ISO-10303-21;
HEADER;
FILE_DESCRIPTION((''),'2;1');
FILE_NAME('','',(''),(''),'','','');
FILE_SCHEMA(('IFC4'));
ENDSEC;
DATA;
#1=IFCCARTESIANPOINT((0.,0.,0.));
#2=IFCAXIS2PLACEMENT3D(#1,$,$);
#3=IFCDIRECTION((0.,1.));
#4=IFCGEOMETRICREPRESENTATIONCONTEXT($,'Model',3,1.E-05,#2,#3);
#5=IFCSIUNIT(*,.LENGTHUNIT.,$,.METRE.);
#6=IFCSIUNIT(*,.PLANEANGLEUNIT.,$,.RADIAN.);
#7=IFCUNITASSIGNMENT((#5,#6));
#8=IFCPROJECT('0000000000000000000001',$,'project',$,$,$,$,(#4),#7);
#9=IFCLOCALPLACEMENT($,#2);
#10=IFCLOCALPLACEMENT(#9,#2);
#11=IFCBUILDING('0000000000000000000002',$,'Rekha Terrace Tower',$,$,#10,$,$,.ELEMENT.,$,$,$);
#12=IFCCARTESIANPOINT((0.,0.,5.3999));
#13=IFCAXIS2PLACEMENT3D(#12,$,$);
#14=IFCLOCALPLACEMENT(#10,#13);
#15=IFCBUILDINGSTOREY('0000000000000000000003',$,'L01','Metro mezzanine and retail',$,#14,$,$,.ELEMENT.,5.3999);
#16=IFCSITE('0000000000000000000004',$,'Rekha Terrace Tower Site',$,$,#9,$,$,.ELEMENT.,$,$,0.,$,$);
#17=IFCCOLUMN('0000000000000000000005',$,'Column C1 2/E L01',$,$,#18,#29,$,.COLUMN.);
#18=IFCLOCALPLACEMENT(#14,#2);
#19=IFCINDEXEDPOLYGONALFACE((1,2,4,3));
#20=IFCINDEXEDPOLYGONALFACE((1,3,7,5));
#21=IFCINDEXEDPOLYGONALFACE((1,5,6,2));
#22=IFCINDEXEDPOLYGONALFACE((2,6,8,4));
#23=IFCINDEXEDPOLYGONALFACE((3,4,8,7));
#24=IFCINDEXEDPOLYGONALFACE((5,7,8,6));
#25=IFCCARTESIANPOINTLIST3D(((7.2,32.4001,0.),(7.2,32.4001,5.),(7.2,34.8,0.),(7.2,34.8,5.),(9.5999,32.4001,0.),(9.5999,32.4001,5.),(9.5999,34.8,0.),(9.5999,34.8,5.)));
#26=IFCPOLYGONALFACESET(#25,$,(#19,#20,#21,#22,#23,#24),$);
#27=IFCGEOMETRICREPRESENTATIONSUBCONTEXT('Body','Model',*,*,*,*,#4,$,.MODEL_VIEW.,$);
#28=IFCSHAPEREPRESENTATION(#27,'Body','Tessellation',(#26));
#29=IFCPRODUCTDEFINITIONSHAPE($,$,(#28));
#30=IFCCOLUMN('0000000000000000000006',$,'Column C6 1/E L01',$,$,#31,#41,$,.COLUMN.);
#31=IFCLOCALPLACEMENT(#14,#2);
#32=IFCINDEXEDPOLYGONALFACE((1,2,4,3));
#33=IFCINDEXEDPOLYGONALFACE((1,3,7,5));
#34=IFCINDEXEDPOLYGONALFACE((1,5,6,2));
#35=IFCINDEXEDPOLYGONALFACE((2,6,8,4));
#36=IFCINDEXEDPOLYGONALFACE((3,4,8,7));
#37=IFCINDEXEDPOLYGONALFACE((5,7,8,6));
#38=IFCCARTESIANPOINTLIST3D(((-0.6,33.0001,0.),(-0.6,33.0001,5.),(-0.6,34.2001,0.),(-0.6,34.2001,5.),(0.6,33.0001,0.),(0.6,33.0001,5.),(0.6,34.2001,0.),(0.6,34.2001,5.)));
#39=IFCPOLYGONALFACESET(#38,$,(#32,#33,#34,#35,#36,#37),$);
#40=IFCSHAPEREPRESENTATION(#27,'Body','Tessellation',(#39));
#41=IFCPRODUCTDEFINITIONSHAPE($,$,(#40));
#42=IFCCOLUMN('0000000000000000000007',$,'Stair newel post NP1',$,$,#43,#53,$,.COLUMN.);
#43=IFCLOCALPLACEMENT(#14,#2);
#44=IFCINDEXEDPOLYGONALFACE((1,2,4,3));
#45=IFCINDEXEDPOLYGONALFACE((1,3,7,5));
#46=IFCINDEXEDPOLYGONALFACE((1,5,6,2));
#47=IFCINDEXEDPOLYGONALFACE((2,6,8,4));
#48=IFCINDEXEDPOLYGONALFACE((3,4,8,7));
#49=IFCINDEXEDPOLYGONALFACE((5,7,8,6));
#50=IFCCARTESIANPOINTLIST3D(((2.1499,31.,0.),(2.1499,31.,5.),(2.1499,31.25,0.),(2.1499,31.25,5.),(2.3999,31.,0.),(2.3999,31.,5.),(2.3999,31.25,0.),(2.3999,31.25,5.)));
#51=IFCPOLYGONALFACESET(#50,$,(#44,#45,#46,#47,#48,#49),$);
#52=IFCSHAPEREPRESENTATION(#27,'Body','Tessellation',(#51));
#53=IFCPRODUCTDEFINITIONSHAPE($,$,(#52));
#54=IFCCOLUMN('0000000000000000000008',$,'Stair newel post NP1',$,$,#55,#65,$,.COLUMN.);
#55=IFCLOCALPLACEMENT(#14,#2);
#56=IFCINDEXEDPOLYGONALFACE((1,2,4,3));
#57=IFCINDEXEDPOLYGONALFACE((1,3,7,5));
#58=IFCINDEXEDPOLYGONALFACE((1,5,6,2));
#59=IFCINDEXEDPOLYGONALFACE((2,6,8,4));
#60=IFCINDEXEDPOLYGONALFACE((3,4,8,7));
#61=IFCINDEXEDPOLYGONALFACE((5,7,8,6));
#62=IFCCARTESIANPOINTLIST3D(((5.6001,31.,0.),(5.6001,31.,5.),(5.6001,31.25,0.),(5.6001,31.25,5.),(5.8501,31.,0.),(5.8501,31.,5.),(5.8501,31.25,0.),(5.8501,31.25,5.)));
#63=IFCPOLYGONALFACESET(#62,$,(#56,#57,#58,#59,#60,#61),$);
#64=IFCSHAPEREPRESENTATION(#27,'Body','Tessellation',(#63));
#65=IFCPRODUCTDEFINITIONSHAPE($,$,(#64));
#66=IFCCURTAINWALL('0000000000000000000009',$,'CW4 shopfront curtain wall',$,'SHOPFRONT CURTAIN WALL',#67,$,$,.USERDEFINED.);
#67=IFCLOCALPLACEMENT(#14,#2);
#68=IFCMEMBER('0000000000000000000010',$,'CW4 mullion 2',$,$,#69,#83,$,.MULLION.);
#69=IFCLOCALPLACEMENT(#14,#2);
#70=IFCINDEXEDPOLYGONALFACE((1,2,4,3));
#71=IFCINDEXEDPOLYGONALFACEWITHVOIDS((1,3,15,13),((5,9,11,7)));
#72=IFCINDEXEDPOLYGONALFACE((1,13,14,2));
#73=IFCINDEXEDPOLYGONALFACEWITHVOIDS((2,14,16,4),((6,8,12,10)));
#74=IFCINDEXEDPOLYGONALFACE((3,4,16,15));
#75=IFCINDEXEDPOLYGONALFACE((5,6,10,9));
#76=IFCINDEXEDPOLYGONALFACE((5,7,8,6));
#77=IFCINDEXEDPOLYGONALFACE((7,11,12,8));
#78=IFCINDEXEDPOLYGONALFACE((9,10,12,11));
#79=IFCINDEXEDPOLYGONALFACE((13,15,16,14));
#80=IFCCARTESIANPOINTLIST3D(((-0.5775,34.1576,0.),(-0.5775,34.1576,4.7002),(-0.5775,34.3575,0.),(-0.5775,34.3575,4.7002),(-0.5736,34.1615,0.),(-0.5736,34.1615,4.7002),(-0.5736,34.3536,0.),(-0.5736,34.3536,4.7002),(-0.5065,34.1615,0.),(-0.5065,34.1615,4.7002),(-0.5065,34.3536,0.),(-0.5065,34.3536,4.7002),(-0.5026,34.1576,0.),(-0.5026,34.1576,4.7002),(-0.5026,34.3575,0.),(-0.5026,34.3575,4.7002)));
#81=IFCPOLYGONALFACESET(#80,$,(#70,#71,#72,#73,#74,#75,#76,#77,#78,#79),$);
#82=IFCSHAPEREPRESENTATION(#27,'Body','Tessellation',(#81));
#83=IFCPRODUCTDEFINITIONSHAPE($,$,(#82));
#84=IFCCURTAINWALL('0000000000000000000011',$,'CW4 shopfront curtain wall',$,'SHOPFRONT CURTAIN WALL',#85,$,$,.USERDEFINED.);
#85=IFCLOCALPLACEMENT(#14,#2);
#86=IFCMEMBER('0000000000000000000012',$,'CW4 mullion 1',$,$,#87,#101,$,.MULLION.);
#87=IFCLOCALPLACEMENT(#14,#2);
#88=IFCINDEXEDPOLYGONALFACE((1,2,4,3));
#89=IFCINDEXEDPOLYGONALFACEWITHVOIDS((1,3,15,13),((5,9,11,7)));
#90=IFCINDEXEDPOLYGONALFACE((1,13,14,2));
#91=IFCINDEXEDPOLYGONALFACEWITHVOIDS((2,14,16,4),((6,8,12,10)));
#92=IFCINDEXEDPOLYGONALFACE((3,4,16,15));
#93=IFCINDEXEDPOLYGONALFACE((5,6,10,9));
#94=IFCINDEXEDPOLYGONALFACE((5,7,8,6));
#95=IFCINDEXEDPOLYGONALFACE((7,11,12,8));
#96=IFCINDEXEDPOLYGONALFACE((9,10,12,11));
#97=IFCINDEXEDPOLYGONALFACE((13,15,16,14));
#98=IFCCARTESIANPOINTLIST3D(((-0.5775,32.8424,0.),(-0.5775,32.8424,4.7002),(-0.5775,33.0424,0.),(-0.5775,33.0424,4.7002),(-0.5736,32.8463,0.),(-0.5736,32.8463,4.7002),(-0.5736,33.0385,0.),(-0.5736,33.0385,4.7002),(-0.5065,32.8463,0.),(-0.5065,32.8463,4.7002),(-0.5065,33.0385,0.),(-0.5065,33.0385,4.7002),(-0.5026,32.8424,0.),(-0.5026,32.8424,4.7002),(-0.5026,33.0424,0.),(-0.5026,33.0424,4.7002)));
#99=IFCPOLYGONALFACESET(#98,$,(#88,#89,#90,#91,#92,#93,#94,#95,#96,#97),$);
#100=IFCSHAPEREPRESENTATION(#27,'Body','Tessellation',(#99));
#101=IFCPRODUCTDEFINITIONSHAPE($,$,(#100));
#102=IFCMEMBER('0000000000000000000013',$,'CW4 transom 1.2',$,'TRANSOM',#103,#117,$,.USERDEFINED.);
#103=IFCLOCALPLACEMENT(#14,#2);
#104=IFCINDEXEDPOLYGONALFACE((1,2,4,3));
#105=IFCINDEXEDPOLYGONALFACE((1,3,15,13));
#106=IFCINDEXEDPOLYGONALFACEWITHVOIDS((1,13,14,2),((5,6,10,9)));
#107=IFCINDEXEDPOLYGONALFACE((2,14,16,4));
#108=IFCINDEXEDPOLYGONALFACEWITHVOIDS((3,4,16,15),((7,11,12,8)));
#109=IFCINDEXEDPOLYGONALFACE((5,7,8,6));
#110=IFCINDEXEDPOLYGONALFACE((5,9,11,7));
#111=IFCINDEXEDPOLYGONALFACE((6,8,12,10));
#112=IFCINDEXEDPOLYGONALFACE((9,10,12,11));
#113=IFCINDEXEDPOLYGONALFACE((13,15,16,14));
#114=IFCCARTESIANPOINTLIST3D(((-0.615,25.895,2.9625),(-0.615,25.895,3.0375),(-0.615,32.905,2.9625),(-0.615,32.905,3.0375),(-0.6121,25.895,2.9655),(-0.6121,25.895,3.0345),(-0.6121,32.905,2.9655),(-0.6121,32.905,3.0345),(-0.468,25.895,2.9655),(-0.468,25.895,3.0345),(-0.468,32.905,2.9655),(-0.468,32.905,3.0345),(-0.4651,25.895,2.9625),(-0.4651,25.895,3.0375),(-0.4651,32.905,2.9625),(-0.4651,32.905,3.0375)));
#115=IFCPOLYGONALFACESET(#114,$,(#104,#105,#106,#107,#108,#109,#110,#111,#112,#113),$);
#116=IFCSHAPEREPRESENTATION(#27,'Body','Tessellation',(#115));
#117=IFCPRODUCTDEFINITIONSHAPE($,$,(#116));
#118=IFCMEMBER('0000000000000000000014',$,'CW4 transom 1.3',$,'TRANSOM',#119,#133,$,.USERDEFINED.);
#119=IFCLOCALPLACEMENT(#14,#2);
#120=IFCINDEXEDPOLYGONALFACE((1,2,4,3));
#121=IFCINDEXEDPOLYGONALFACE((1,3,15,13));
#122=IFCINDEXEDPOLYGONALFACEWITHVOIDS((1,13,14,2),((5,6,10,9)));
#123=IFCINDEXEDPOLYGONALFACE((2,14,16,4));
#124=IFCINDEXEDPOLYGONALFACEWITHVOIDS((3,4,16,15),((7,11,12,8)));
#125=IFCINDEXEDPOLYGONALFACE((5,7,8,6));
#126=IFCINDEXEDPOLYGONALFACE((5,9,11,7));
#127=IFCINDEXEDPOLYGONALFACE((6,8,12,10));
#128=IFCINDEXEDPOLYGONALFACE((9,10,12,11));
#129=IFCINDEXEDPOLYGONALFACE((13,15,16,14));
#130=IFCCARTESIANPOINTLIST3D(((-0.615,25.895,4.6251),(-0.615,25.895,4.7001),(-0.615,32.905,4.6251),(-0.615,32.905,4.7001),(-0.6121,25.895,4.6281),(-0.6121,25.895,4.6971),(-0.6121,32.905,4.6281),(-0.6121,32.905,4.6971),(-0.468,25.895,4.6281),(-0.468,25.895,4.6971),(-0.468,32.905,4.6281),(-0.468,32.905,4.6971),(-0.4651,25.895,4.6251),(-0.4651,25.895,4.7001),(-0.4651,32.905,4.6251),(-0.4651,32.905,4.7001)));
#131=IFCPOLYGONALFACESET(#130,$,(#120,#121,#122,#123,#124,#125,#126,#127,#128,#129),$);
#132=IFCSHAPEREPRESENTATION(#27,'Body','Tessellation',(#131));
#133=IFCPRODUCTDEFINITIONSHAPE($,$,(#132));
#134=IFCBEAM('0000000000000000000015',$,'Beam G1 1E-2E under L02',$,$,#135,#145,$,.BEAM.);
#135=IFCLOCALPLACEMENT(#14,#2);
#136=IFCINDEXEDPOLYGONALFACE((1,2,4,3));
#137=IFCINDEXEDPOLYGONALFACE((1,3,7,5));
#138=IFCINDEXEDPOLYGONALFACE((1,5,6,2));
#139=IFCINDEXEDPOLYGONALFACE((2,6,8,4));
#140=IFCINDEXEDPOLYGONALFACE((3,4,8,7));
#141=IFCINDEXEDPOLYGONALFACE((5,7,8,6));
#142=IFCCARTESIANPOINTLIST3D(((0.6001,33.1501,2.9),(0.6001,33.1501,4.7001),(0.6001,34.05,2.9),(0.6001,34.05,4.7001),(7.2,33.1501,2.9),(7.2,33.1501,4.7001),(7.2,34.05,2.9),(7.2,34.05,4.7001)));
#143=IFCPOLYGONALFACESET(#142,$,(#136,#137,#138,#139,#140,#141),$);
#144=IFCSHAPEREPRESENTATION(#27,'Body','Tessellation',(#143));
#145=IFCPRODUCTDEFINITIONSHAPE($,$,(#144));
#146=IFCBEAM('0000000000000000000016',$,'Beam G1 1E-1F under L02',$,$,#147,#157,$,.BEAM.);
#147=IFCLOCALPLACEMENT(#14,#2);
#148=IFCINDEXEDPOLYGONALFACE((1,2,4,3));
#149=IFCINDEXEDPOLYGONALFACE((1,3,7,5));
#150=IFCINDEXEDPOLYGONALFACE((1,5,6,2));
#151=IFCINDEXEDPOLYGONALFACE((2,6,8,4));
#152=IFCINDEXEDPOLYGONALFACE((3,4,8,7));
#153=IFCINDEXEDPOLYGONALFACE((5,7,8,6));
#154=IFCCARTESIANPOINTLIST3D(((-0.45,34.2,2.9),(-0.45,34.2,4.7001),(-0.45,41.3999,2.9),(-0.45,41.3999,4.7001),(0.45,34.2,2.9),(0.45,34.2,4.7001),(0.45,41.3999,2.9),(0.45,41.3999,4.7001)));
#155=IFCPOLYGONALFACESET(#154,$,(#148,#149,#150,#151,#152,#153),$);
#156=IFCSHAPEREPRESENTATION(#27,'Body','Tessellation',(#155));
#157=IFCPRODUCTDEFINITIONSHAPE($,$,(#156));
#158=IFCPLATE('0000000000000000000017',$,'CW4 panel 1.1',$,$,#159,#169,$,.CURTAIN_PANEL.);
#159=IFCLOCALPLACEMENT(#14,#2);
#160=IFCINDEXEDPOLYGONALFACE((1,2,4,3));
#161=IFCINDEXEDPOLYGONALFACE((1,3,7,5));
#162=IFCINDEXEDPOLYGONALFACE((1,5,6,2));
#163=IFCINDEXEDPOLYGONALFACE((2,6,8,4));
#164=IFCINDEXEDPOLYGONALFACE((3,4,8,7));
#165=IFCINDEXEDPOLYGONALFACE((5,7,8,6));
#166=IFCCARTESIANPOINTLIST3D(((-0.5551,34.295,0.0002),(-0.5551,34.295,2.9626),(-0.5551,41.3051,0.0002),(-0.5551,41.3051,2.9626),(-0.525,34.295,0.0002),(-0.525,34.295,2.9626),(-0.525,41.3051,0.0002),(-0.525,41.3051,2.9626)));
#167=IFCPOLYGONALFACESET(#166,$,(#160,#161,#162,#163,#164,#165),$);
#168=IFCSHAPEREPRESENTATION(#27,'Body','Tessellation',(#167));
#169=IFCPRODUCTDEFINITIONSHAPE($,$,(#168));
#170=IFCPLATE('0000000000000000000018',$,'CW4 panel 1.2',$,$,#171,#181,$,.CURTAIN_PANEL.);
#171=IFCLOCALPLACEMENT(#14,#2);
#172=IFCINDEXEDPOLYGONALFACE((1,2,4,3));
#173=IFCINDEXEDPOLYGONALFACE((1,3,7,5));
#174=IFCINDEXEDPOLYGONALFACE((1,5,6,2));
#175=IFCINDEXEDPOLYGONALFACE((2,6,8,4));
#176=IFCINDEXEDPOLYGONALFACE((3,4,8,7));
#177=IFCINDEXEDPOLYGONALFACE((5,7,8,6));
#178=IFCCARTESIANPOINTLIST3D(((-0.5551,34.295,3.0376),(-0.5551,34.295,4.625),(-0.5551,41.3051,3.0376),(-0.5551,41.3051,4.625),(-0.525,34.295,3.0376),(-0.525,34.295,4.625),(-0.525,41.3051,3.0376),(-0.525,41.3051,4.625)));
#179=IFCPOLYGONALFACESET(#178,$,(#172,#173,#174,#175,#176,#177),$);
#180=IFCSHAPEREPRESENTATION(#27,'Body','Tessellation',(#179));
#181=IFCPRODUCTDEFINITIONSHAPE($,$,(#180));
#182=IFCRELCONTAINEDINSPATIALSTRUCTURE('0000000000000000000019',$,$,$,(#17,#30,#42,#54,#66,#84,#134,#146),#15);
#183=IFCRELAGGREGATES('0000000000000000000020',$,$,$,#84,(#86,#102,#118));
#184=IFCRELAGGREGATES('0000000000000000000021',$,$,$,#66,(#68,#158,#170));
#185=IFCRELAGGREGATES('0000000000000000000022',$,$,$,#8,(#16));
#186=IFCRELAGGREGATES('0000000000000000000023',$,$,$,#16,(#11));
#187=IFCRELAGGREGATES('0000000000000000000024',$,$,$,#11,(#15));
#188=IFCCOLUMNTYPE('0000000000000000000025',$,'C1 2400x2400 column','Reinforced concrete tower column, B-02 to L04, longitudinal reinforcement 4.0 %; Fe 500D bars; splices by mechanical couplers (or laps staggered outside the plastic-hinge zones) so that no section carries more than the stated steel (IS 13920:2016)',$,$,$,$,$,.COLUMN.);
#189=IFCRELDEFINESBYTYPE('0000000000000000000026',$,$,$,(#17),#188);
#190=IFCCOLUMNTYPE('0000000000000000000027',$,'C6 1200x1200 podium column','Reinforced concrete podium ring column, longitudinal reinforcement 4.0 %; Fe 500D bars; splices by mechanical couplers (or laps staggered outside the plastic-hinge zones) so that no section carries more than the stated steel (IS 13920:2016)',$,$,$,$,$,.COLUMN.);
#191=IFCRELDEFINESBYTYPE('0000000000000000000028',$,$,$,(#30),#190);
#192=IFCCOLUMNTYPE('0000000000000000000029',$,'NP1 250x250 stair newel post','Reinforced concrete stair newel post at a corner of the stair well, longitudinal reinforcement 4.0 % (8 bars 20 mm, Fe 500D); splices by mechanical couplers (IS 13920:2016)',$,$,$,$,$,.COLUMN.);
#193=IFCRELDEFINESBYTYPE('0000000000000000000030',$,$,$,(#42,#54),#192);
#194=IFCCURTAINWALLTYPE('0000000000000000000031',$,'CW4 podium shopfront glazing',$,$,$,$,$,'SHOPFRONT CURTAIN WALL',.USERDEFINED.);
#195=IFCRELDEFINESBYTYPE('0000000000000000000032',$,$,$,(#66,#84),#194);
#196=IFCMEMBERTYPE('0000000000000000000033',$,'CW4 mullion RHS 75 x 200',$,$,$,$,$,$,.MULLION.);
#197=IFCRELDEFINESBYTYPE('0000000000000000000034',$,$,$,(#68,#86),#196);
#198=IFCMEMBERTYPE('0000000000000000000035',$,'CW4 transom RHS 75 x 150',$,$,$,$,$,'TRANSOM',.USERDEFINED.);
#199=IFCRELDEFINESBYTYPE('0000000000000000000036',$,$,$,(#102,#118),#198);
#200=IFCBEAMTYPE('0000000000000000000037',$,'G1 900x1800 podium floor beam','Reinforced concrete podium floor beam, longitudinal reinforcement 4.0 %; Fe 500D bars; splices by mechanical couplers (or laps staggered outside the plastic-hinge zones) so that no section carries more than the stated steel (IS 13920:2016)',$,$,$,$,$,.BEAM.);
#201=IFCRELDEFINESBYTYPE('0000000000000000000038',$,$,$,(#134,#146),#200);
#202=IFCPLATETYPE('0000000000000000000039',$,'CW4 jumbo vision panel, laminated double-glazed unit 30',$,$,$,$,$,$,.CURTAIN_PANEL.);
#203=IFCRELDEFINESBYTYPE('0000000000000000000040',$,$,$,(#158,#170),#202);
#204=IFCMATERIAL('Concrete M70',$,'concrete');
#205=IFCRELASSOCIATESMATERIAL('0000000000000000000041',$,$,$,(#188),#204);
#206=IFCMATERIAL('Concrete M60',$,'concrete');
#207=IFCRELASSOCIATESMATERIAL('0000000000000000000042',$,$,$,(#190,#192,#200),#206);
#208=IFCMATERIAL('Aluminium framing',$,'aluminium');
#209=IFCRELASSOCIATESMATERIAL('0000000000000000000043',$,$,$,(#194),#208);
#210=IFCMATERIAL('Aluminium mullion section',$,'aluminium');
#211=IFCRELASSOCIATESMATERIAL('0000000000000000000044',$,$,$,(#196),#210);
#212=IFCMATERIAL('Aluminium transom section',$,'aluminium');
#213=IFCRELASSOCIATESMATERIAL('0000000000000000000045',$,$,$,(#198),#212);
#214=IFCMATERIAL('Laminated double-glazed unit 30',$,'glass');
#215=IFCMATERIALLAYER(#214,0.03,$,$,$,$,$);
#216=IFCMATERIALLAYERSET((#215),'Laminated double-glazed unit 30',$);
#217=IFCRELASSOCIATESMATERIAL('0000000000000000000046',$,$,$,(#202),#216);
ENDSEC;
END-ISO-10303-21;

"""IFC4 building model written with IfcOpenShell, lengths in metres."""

from ifc_helpers import new_model, si_unit, direction, frame, origin, origin_2d, place, context, subcontext, project, spatial, rectangle, hollow_rectangle, extrude, material, layer, layer_set, material_profile, profile_set, type_object, element, aggregate, save


model = new_model("IFC4")

# Units and contexts
model_context = context("Model", 3, precision=1e-05, world=origin(), true_north=direction((0.0, 1.0)))
body_context = subcontext(model_context, "Body", "Model", "MODEL_VIEW")
ifc_project = project(units=[si_unit("LENGTHUNIT", "METRE"), si_unit("PLANEANGLEUNIT", "RADIAN")], contexts=[model_context])

# Site, building, storey
site_placement = place(None, origin())
site = spatial("IfcSite", under=ifc_project, at=site_placement, Name="Rekha Terrace Tower Site", CompositionType="ELEMENT", RefElevation=0.0)
building_placement = place(site_placement, origin())
building = spatial("IfcBuilding", under=site, at=building_placement, Name="Rekha Terrace Tower", CompositionType="ELEMENT")
storey_placement = place(building_placement, frame((0.0, 0.0, 5.3999)))
storey = spatial("IfcBuildingStorey", under=building, at=storey_placement, Name="L01", Description="Metro mezzanine and retail", CompositionType="ELEMENT", Elevation=5.3999)

# Columns
ifc_material_1 = material(Name="Concrete M70", Category="concrete")
ifc_material_profile_1 = material_profile(ifc_material_1, rectangle(XDim=2.3999, YDim=2.3999, at=origin_2d()), Name="RC 2400x2400")
ifc_profile_set_1 = profile_set([ifc_material_profile_1], Name="Concrete M70")
column_type_1 = type_object("IfcColumnType", Name="C1 2400x2400 column", Description="Reinforced concrete tower column, B-02 to L04, longitudinal reinforcement 4.0 %; Fe 500D bars; splices by mechanical couplers (or laps staggered outside the plastic-hinge zones) so that no section carries more than the stated steel (IS 13920:2016)", PredefinedType="COLUMN", material=ifc_profile_set_1)
column_1_placement = place(storey_placement, frame((8.3999, 33.6001, 0.0), z_axis=(0.0, 0.0, 1.0), x_axis=(1.0, 0.0, 0.0)))
element("IfcColumn", 1, at=column_1_placement, inside=storey, type_object=column_type_1, Name="Column C1 2/E L01", PredefinedType="COLUMN", context=body_context, shape_type="SweptSolid", body=[
    extrude(rectangle(XDim=2.3999, YDim=2.3999, at=origin_2d()), origin(), (0.0, 0.0, 1.0), 5.0),
])
ifc_material_2 = material(Name="Concrete M60", Category="concrete")
ifc_material_profile_2 = material_profile(ifc_material_2, rectangle(XDim=1.2, YDim=1.2, at=origin_2d()), Name="RC 1200x1200")
ifc_profile_set_2 = profile_set([ifc_material_profile_2], Name="Concrete M60")
column_type_2 = type_object("IfcColumnType", Name="C6 1200x1200 podium column", Description="Reinforced concrete podium ring column, longitudinal reinforcement 4.0 %; Fe 500D bars; splices by mechanical couplers (or laps staggered outside the plastic-hinge zones) so that no section carries more than the stated steel (IS 13920:2016)", PredefinedType="COLUMN", material=ifc_profile_set_2)
column_2_placement = place(storey_placement, frame((0.0, 33.6001, 0.0), z_axis=(0.0, 0.0, 1.0), x_axis=(1.0, 0.0, 0.0)))
element("IfcColumn", 2, at=column_2_placement, inside=storey, type_object=column_type_2, Name="Column C6 1/E L01", PredefinedType="COLUMN", context=body_context, shape_type="SweptSolid", body=[
    extrude(rectangle(XDim=1.2, YDim=1.2, at=origin_2d()), origin(), (0.0, 0.0, 1.0), 5.0),
])
ifc_material_profile_3 = material_profile(ifc_material_2, rectangle(XDim=0.25, YDim=0.25, at=origin_2d()), Name="RC 250x250")
ifc_profile_set_3 = profile_set([ifc_material_profile_3], Name="Concrete M60")
column_type_3 = type_object("IfcColumnType", Name="NP1 250x250 stair newel post", Description="Reinforced concrete stair newel post at a corner of the stair well, longitudinal reinforcement 4.0 % (8 bars 20 mm, Fe 500D); splices by mechanical couplers (IS 13920:2016)", PredefinedType="COLUMN", material=ifc_profile_set_3)
for number, where, z_axis, x_axis, name in (
    (3, (2.2749, 31.125, 0.0), (0.0, 0.0, 1.0), (1.0, 0.0, 0.0), "Stair newel post NP1"),
    (4, (5.7251, 31.125, 0.0), (0.0, 0.0, 1.0), (1.0, 0.0, 0.0), "Stair newel post NP1"),
):
    element("IfcColumn", number, at=place(storey_placement, frame(where, z_axis=z_axis, x_axis=x_axis)), inside=storey, type_object=column_type_3, Name=name, PredefinedType="COLUMN", context=body_context, shape_type="SweptSolid", body=[
        extrude(rectangle(XDim=0.25, YDim=0.25, at=origin_2d()), origin(), (0.0, 0.0, 1.0), 5.0),
    ])

# Curtain wall, member
ifc_material_3 = material(Name="Aluminium framing", Category="aluminium")
curtain_wall_type = type_object("IfcCurtainWallType", Name="CW4 podium shopfront glazing", ElementType="SHOPFRONT CURTAIN WALL", PredefinedType="USERDEFINED", material=ifc_material_3)
curtain_wall_1_placement = place(storey_placement, origin())
curtain_wall_1 = element("IfcCurtainWall", 5, at=curtain_wall_1_placement, inside=storey, type_object=curtain_wall_type, Name="CW4 shopfront curtain wall", ObjectType="SHOPFRONT CURTAIN WALL", PredefinedType="USERDEFINED")
ifc_material_4 = material(Name="Aluminium mullion section", Category="aluminium")
ifc_material_profile_4 = material_profile(ifc_material_4, hollow_rectangle(XDim=0.075, YDim=0.2, WallThickness=0.0039, at=origin_2d()), Name="AL RHS 75x200")
ifc_profile_set_4 = profile_set([ifc_material_profile_4], Name="Aluminium mullion section")
member_type_1 = type_object("IfcMemberType", Name="CW4 mullion RHS 75 x 200", PredefinedType="MULLION", material=ifc_profile_set_4)
member_1_placement = place(storey_placement, frame((-0.54, 34.2576, 0.0), z_axis=(0.0, 0.0, 1.0), x_axis=(1.0, 0.0, 0.0)))
member_1 = element("IfcMember", 6, at=member_1_placement, type_object=member_type_1, Name="CW4 mullion 2", PredefinedType="MULLION", context=body_context, shape_type="SweptSolid", body=[
    extrude(hollow_rectangle(XDim=0.075, YDim=0.2, WallThickness=0.0039, at=origin_2d()), origin(), (0.0, 0.0, 1.0), 4.7002),
])

# Curtain wall, members
curtain_wall_2_placement = place(storey_placement, origin())
curtain_wall_2 = element("IfcCurtainWall", 7, at=curtain_wall_2_placement, inside=storey, type_object=curtain_wall_type, Name="CW4 shopfront curtain wall", ObjectType="SHOPFRONT CURTAIN WALL", PredefinedType="USERDEFINED")
member_2_placement = place(storey_placement, frame((-0.54, 32.9424, 0.0), z_axis=(0.0, 0.0, 1.0), x_axis=(1.0, 0.0, 0.0)))
member_2 = element("IfcMember", 8, at=member_2_placement, type_object=member_type_1, Name="CW4 mullion 1", PredefinedType="MULLION", context=body_context, shape_type="SweptSolid", body=[
    extrude(hollow_rectangle(XDim=0.075, YDim=0.2, WallThickness=0.0039, at=origin_2d()), origin(), (0.0, 0.0, 1.0), 4.7002),
])
ifc_material_5 = material(Name="Aluminium transom section", Category="aluminium")
ifc_material_profile_5 = material_profile(ifc_material_5, hollow_rectangle(XDim=0.1499, YDim=0.075, WallThickness=0.0029, at=origin_2d()), Name="AL RHS 150x75")
ifc_profile_set_5 = profile_set([ifc_material_profile_5], Name="Aluminium transom section")
member_type_2 = type_object("IfcMemberType", Name="CW4 transom RHS 75 x 150", ElementType="TRANSOM", PredefinedType="USERDEFINED", material=ifc_profile_set_5)
member_3_placement = place(storey_placement, frame((-0.54, 32.905, 3.0), z_axis=(0.0, -1.0, 0.0), x_axis=(1.0, 0.0, 0.0)))
member_3 = element("IfcMember", 9, at=member_3_placement, type_object=member_type_2, Name="CW4 transom 1.2", ObjectType="TRANSOM", PredefinedType="USERDEFINED", context=body_context, shape_type="SweptSolid", body=[
    extrude(hollow_rectangle(XDim=0.1499, YDim=0.075, WallThickness=0.0029, at=origin_2d()), origin(), (0.0, 0.0, 1.0), 7.01),
])
member_4_placement = place(storey_placement, frame((-0.54, 32.905, 4.6626), z_axis=(0.0, -1.0, 0.0), x_axis=(1.0, 0.0, 0.0)))
member_4 = element("IfcMember", 10, at=member_4_placement, type_object=member_type_2, Name="CW4 transom 1.3", ObjectType="TRANSOM", PredefinedType="USERDEFINED", context=body_context, shape_type="SweptSolid", body=[
    extrude(hollow_rectangle(XDim=0.1499, YDim=0.075, WallThickness=0.0029, at=origin_2d()), origin(), (0.0, 0.0, 1.0), 7.01),
])
aggregate(curtain_wall_2, [member_2, member_3, member_4])

# Beams
ifc_material_profile_6 = material_profile(ifc_material_2, rectangle(XDim=0.8999, YDim=1.8, at=origin_2d()), Name="RC 900x1800")
ifc_profile_set_6 = profile_set([ifc_material_profile_6], Name="Concrete M60")
beam_type = type_object("IfcBeamType", Name="G1 900x1800 podium floor beam", Description="Reinforced concrete podium floor beam, longitudinal reinforcement 4.0 %; Fe 500D bars; splices by mechanical couplers (or laps staggered outside the plastic-hinge zones) so that no section carries more than the stated steel (IS 13920:2016)", PredefinedType="BEAM", material=ifc_profile_set_6)
beam_1_placement = place(storey_placement, frame((0.6001, 33.6001, 3.8), z_axis=(1.0, 0.0, 0.0), x_axis=(0.0, 1.0, 0.0)))
element("IfcBeam", 11, at=beam_1_placement, inside=storey, type_object=beam_type, Name="Beam G1 1E-2E under L02", PredefinedType="BEAM", context=body_context, shape_type="SweptSolid", body=[
    extrude(rectangle(XDim=0.8999, YDim=1.8, at=origin_2d()), origin(), (0.0, 0.0, 1.0), 6.5999),
])
beam_2_placement = place(storey_placement, frame((0.0, 34.2, 3.8), z_axis=(0.0, 1.0, 0.0), x_axis=(-1.0, 0.0, 0.0)))
element("IfcBeam", 12, at=beam_2_placement, inside=storey, type_object=beam_type, Name="Beam G1 1E-1F under L02", PredefinedType="BEAM", context=body_context, shape_type="SweptSolid", body=[
    extrude(rectangle(XDim=0.8999, YDim=1.8, at=origin_2d()), origin(), (0.0, 0.0, 1.0), 7.2),
])

# Plates
ifc_material_6 = material(Name="Laminated double-glazed unit 30", Category="glass")
ifc_layer_1 = layer(ifc_material_6, 0.03)
ifc_layer_set_1 = layer_set([ifc_layer_1], Name="Laminated double-glazed unit 30")
plate_type = type_object("IfcPlateType", Name="CW4 jumbo vision panel, laminated double-glazed unit 30", PredefinedType="CURTAIN_PANEL", material=ifc_layer_set_1)
plate_1_placement = place(storey_placement, frame((-0.54, 37.8, 0.0002), z_axis=(0.0, 0.0, 1.0), x_axis=(0.0, -1.0, 0.0)))
plate_1 = element("IfcPlate", 13, at=plate_1_placement, type_object=plate_type, Name="CW4 panel 1.1", PredefinedType="CURTAIN_PANEL", context=body_context, shape_type="SweptSolid", body=[
    extrude(rectangle(XDim=7.01, YDim=0.03, at=origin_2d()), origin(), (0.0, 0.0, 1.0), 2.9624),
])
plate_2_placement = place(storey_placement, frame((-0.54, 37.8, 3.0376), z_axis=(0.0, 0.0, 1.0), x_axis=(0.0, -1.0, 0.0)))
plate_2 = element("IfcPlate", 14, at=plate_2_placement, type_object=plate_type, Name="CW4 panel 1.2", PredefinedType="CURTAIN_PANEL", context=body_context, shape_type="SweptSolid", body=[
    extrude(rectangle(XDim=7.01, YDim=0.03, at=origin_2d()), origin(), (0.0, 0.0, 1.0), 1.5874),
])
aggregate(curtain_wall_1, [member_1, plate_1, plate_2])

save(model, "model.ifc")
